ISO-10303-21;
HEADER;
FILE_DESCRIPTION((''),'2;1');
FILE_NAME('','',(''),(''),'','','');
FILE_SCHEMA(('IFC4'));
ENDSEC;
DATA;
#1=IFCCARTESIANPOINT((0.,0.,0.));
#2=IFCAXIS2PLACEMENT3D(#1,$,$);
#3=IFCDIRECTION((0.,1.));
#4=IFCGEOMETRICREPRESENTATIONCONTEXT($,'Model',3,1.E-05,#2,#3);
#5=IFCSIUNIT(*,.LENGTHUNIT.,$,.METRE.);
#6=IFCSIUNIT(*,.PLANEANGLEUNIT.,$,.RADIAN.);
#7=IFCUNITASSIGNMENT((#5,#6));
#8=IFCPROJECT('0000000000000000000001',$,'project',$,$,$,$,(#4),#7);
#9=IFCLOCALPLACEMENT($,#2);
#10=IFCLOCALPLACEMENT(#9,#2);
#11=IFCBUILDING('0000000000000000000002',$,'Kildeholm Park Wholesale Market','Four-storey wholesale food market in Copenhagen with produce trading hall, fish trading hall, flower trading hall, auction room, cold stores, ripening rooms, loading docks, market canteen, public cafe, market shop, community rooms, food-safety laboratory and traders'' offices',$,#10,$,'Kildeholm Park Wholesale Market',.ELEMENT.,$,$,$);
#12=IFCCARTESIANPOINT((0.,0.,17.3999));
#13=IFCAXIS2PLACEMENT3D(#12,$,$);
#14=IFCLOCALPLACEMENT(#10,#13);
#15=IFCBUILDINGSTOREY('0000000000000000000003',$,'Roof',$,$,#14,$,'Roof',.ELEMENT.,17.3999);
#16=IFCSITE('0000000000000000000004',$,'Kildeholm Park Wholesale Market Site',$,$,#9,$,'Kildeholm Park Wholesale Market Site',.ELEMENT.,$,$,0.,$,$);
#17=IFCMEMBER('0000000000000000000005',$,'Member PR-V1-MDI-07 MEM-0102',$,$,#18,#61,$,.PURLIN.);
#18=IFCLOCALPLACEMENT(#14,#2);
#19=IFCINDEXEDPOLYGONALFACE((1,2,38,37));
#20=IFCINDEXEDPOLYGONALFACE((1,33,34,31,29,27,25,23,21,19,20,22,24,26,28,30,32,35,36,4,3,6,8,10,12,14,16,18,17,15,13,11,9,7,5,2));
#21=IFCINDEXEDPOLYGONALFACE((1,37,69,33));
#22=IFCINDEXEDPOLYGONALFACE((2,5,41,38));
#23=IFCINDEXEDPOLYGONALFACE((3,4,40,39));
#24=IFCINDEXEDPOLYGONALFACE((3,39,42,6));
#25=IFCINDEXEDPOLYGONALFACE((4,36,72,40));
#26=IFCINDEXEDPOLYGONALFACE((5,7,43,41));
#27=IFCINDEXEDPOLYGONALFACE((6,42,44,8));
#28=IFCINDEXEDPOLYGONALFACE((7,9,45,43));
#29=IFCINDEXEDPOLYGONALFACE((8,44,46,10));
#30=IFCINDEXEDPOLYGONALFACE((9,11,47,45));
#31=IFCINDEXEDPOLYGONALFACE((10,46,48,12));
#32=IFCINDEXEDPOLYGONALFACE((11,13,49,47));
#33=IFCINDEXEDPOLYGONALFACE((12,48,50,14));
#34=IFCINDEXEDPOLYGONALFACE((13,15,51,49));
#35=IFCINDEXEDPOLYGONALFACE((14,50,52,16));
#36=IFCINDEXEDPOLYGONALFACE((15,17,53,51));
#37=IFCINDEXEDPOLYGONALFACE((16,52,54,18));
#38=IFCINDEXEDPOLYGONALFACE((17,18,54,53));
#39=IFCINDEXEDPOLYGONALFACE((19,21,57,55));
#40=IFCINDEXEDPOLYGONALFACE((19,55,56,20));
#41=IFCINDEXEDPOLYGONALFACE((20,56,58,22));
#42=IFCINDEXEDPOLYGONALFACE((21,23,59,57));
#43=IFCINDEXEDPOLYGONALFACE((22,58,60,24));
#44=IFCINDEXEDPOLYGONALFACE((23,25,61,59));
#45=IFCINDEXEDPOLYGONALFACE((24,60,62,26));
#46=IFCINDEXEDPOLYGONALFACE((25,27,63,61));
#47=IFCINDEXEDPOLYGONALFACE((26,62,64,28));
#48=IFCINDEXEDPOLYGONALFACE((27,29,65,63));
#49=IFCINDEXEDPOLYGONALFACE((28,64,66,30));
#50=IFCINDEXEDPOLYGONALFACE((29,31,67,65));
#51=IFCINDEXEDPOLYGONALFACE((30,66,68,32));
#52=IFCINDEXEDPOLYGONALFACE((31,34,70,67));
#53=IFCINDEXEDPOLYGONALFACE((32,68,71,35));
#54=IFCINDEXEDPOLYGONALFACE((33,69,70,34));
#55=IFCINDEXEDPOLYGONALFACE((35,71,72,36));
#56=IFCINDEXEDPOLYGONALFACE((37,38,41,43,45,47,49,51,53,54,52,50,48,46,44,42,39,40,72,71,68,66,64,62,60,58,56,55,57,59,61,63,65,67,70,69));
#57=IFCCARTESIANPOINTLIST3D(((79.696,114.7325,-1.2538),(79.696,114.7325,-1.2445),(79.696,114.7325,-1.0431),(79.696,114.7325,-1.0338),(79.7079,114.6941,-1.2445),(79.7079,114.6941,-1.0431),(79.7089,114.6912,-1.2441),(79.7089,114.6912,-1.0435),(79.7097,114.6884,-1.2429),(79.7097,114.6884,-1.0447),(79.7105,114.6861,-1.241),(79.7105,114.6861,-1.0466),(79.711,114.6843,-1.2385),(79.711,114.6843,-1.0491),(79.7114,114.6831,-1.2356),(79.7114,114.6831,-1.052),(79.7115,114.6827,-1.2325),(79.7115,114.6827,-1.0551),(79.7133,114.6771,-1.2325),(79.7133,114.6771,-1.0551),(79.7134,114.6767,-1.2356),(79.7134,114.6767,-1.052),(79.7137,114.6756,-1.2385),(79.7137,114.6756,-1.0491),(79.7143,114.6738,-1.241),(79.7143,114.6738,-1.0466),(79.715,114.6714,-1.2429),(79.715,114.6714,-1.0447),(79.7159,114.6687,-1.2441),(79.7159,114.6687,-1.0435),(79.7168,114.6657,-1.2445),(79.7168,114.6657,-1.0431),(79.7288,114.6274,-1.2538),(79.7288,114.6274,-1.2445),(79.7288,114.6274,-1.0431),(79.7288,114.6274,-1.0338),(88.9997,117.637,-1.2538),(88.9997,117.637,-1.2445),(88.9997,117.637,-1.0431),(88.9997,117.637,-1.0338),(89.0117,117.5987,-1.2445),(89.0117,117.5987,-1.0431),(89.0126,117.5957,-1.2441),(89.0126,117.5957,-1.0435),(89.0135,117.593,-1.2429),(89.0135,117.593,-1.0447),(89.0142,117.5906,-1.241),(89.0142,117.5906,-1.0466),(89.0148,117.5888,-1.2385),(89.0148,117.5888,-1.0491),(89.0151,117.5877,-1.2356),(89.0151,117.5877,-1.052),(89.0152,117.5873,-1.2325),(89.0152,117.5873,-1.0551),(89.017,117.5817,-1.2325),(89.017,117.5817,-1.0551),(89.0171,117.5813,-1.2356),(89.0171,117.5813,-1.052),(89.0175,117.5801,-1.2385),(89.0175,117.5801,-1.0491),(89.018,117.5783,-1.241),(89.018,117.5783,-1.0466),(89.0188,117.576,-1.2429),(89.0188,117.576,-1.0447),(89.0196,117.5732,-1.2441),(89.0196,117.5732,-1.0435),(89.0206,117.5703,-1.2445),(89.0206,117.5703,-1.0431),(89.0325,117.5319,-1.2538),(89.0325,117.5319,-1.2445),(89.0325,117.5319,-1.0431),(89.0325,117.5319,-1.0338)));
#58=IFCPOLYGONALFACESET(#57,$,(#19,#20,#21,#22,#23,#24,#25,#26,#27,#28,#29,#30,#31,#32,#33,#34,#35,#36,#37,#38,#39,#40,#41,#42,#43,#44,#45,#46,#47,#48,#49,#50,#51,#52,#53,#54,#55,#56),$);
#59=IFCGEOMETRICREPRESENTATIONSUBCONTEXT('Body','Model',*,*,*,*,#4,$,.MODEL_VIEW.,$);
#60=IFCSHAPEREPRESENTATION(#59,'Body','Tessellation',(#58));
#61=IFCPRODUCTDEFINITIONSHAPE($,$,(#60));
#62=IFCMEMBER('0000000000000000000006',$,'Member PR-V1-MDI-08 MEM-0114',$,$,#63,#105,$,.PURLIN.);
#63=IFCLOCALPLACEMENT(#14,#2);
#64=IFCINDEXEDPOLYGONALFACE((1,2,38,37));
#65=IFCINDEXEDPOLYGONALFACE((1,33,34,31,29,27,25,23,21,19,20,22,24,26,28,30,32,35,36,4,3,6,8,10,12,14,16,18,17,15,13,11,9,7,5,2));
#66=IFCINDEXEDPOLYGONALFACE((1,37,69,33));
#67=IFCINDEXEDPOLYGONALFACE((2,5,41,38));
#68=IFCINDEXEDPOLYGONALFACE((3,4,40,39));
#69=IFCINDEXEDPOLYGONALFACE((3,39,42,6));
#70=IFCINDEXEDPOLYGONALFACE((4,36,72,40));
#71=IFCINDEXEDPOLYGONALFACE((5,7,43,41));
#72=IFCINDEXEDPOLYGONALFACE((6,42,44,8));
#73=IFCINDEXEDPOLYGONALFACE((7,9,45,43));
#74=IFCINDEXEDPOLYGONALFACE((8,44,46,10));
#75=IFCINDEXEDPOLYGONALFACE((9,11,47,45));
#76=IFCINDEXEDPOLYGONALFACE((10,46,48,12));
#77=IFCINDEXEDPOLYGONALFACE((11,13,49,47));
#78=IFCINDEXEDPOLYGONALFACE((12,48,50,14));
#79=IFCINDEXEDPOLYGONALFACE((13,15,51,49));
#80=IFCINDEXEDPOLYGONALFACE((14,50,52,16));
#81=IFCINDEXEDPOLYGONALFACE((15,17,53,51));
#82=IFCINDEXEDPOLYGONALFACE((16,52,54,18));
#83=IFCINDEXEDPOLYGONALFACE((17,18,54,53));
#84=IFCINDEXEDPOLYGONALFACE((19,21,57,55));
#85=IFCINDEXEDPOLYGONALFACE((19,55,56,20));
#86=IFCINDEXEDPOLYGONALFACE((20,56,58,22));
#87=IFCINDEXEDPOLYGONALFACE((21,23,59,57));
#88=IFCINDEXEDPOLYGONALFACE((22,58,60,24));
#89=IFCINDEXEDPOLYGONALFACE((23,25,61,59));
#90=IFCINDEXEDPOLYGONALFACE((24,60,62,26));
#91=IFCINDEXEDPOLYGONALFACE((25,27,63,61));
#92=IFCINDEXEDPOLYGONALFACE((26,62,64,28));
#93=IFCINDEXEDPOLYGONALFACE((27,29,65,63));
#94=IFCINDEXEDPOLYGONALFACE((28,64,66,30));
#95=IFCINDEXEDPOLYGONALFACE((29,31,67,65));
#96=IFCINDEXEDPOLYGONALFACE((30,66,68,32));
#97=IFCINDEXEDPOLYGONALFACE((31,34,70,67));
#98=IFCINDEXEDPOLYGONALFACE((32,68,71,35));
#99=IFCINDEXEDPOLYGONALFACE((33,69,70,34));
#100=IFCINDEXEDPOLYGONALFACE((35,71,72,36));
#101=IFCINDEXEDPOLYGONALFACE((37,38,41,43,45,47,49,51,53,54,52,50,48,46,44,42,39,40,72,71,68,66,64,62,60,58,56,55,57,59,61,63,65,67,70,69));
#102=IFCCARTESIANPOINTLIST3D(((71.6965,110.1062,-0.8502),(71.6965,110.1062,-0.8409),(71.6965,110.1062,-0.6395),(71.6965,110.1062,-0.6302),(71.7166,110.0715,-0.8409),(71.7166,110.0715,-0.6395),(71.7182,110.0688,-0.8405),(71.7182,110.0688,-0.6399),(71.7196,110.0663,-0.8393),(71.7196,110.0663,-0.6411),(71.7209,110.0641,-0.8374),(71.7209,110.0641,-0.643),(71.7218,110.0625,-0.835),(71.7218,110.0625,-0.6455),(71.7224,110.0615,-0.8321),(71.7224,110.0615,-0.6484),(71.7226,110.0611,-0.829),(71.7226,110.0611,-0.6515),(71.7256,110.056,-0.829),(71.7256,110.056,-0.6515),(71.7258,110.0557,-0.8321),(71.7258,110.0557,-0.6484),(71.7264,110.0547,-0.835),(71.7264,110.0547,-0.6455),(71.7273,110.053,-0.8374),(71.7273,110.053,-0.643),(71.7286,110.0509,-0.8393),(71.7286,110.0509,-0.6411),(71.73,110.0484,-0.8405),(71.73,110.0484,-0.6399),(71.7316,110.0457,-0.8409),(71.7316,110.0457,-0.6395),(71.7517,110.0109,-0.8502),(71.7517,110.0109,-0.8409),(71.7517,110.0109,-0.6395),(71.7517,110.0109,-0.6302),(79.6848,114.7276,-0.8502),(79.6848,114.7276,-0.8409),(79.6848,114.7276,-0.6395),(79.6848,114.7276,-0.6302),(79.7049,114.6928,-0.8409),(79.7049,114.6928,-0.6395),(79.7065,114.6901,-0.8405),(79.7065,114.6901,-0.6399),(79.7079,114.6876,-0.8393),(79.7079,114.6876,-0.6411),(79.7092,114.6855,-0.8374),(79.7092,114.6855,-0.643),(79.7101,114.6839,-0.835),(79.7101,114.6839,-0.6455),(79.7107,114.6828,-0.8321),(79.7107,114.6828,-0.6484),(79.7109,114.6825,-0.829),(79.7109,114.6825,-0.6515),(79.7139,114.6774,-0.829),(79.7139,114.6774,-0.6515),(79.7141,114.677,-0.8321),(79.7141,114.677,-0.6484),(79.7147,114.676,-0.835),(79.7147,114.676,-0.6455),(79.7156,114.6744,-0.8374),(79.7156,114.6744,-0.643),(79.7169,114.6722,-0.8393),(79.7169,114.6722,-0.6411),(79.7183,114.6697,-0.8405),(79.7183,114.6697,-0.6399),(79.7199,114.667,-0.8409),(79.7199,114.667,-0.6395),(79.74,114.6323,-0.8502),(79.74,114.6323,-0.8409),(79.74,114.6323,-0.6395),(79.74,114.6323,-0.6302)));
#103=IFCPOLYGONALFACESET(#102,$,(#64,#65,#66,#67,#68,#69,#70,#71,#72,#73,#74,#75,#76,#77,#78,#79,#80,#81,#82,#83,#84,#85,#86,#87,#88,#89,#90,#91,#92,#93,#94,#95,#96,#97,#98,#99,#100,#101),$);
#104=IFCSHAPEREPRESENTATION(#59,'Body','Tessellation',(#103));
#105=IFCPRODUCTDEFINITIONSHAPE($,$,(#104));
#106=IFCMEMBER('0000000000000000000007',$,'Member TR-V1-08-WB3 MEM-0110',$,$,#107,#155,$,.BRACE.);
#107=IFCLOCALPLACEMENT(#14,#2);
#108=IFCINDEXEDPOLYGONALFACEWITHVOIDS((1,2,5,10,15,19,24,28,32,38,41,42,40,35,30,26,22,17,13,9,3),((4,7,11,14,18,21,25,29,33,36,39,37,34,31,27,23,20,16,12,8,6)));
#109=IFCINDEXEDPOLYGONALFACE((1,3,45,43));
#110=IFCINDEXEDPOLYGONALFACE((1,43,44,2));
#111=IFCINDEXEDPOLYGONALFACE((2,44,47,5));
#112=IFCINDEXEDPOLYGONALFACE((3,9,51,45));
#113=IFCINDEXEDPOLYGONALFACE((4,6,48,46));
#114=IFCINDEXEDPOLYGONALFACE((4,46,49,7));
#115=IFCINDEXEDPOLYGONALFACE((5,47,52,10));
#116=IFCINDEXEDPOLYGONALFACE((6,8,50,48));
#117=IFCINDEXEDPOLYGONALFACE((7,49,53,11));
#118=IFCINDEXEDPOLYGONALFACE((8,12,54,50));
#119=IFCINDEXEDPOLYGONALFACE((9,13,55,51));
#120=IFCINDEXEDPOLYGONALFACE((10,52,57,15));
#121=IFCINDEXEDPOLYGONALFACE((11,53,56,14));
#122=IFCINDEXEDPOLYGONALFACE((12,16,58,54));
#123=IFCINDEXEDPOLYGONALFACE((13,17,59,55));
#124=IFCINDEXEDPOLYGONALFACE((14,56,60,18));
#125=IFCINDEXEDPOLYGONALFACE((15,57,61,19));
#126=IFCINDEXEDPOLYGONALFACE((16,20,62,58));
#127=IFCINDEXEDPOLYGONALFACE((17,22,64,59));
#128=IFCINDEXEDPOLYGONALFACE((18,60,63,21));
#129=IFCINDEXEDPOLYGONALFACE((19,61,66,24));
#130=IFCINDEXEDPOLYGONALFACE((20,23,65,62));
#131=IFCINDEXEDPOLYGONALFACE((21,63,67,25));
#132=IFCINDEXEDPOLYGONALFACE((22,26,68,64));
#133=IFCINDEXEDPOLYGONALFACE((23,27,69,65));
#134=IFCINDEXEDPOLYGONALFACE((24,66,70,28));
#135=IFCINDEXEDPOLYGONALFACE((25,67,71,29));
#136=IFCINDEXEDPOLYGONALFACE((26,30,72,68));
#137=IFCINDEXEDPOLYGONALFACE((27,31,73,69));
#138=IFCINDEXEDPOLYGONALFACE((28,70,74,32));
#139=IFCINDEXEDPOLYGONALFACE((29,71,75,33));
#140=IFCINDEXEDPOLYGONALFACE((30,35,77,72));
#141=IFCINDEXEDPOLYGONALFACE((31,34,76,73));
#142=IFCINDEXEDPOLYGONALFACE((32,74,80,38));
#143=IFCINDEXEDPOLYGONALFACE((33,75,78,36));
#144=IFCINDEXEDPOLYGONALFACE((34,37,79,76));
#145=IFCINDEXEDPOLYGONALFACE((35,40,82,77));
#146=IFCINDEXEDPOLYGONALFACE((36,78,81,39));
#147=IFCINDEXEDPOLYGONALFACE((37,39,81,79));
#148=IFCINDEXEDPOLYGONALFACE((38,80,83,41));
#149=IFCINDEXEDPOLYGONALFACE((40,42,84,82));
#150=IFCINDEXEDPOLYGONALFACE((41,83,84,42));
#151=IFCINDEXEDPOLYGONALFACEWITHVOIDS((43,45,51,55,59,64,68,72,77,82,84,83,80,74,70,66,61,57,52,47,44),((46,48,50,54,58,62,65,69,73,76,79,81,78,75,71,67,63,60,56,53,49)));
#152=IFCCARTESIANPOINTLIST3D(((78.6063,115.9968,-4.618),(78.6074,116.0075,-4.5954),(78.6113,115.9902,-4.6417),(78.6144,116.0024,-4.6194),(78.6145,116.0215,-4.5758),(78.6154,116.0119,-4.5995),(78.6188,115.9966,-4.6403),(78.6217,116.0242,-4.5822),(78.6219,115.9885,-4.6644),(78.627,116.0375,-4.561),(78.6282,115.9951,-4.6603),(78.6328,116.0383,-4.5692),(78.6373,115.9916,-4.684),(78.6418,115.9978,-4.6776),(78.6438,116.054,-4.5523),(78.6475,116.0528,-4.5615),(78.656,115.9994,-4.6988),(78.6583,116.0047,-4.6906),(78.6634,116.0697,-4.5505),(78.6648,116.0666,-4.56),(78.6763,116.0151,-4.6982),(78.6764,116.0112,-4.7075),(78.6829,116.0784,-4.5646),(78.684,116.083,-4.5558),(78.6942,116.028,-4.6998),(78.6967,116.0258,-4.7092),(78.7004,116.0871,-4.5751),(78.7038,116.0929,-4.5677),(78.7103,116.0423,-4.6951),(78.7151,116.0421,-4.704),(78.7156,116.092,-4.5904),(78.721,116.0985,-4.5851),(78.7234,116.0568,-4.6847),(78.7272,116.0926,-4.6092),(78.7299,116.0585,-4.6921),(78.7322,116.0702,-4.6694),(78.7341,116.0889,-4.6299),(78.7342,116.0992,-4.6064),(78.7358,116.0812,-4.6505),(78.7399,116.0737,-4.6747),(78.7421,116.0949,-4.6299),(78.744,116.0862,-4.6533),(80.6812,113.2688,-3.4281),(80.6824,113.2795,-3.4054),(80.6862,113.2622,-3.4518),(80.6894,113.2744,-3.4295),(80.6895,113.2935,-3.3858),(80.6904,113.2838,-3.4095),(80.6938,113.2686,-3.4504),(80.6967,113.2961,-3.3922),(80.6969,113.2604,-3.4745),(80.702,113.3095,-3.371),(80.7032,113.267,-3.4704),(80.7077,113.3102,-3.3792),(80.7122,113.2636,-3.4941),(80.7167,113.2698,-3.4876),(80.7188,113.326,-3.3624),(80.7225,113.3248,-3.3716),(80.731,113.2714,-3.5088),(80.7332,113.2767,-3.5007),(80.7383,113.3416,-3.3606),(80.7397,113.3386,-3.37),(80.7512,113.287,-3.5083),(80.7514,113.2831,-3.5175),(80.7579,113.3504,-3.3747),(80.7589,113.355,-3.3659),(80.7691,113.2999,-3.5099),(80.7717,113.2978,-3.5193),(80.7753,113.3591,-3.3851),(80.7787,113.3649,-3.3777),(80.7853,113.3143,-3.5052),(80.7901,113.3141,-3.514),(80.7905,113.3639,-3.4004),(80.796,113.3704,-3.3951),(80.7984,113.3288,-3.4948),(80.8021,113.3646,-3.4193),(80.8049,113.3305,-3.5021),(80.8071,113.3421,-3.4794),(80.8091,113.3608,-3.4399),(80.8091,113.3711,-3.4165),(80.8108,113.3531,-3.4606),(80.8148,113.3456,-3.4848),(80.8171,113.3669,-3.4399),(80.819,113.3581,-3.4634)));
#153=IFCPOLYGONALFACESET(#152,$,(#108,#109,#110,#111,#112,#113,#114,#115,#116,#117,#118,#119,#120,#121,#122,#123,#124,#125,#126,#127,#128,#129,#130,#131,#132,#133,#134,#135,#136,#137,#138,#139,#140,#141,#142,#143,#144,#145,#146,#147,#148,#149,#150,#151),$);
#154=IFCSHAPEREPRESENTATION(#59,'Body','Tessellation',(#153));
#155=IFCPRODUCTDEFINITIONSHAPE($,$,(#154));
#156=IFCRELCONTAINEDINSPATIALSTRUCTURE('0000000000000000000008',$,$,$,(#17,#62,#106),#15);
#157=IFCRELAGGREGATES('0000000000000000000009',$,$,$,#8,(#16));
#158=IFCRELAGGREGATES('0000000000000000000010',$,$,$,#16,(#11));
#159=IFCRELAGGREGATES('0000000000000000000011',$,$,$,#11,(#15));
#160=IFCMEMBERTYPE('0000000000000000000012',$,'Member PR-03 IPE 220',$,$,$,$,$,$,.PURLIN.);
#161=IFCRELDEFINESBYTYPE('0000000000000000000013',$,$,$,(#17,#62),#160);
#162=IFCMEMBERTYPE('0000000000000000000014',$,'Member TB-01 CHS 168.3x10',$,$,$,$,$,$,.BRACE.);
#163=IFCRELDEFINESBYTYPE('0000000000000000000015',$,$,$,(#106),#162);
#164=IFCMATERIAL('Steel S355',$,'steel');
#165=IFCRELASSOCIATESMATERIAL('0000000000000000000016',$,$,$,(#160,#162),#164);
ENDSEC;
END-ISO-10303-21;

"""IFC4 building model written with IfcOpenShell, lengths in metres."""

from ifc_helpers import new_model, si_unit, direction, frame, origin, origin_2d, place, context, subcontext, project, spatial, hollow_circle, i_section, extrude, material, material_profile, profile_set, type_object, element, save


model = new_model("IFC4")

# Units and contexts
model_context = context("Model", 3, precision=1e-05, world=origin(), true_north=direction((0.0, 1.0)))
body_context = subcontext(model_context, "Body", "Model", "MODEL_VIEW")
ifc_project = project(units=[si_unit("LENGTHUNIT", "METRE"), si_unit("PLANEANGLEUNIT", "RADIAN")], contexts=[model_context])

# Site, building, storey
site_placement = place(None, origin())
site = spatial("IfcSite", under=ifc_project, at=site_placement, Name="Kildeholm Park Wholesale Market Site", LongName="Kildeholm Park Wholesale Market Site", CompositionType="ELEMENT", RefElevation=0.0)
building_placement = place(site_placement, origin())
building = spatial("IfcBuilding", under=site, at=building_placement, Name="Kildeholm Park Wholesale Market", Description="Four-storey wholesale food market in Copenhagen with produce trading hall, fish trading hall, flower trading hall, auction room, cold stores, ripening rooms, loading docks, market canteen, public cafe, market shop, community rooms, food-safety laboratory and traders' offices", LongName="Kildeholm Park Wholesale Market", CompositionType="ELEMENT")
storey_placement = place(building_placement, frame((0.0, 0.0, 17.3999)))
storey = spatial("IfcBuildingStorey", under=building, at=storey_placement, Name="Roof", LongName="Roof", CompositionType="ELEMENT", Elevation=17.3999)

# Members
ifc_material_1 = material(Name="Steel S355", Category="steel")
ifc_material_profile_1 = material_profile(ifc_material_1, i_section(OverallWidth=0.1101, OverallDepth=0.22, WebThickness=0.0059, FlangeThickness=0.0093, FilletRadius=0.012, at=origin_2d()), Name="IPE 220")
ifc_profile_set_1 = profile_set([ifc_material_profile_1], Name="Steel S355")
member_type_1 = type_object("IfcMemberType", Name="Member PR-03 IPE 220", PredefinedType="PURLIN", material=ifc_profile_set_1)
member_1_placement = place(storey_placement, frame((89.0161, 117.5845, -1.1438), z_axis=(-0.954564, -0.298007, 0.0), x_axis=(0.298007, -0.954564, 0.0)))
element("IfcMember", 1, at=member_1_placement, inside=storey, type_object=member_type_1, Name="Member PR-V1-MDI-07 MEM-0102", PredefinedType="PURLIN", context=body_context, shape_type="SweptSolid", body=[
    extrude(i_section(OverallWidth=0.1101, OverallDepth=0.22, WebThickness=0.0059, FlangeThickness=0.0093, FilletRadius=0.012, at=origin_2d()), origin(), (0.0, 0.0, 1.0), 9.7466),
])
member_2_placement = place(storey_placement, frame((79.7124, 114.6799, -0.7402), z_axis=(-0.865589, -0.500756, 0.0), x_axis=(0.500756, -0.865589, 0.0)))
element("IfcMember", 2, at=member_2_placement, inside=storey, type_object=member_type_1, Name="Member PR-V1-MDI-08 MEM-0114", PredefinedType="PURLIN", context=body_context, shape_type="SweptSolid", body=[
    extrude(i_section(OverallWidth=0.1101, OverallDepth=0.22, WebThickness=0.0059, FlangeThickness=0.0093, FilletRadius=0.012, at=origin_2d()), origin(), (0.0, 0.0, 1.0), 9.2288),
])
ifc_material_profile_2 = material_profile(ifc_material_1, hollow_circle(Radius=0.0842, WallThickness=0.01, at=origin_2d()), Name="CHS 168.3x10")
ifc_profile_set_2 = profile_set([ifc_material_profile_2], Name="Steel S355")
member_type_2 = type_object("IfcMemberType", Name="Member TB-01 CHS 168.3x10", PredefinedType="BRACE", material=ifc_profile_set_2)
member_3_placement = place(storey_placement, frame((78.675, 116.0439, -4.6299), z_axis=(0.571902, -0.751905, 0.327974), x_axis=(0.79593, 0.605388, 0.0)))
element("IfcMember", 3, at=member_3_placement, inside=storey, type_object=member_type_2, Name="Member TR-V1-08-WB3 MEM-0110", PredefinedType="BRACE", context=body_context, shape_type="SweptSolid", body=[
    extrude(hollow_circle(Radius=0.0842, WallThickness=0.01, at=origin_2d()), origin(), (0.0, 0.0, 1.0), 3.6282),
])

save(model, "model.ifc")
